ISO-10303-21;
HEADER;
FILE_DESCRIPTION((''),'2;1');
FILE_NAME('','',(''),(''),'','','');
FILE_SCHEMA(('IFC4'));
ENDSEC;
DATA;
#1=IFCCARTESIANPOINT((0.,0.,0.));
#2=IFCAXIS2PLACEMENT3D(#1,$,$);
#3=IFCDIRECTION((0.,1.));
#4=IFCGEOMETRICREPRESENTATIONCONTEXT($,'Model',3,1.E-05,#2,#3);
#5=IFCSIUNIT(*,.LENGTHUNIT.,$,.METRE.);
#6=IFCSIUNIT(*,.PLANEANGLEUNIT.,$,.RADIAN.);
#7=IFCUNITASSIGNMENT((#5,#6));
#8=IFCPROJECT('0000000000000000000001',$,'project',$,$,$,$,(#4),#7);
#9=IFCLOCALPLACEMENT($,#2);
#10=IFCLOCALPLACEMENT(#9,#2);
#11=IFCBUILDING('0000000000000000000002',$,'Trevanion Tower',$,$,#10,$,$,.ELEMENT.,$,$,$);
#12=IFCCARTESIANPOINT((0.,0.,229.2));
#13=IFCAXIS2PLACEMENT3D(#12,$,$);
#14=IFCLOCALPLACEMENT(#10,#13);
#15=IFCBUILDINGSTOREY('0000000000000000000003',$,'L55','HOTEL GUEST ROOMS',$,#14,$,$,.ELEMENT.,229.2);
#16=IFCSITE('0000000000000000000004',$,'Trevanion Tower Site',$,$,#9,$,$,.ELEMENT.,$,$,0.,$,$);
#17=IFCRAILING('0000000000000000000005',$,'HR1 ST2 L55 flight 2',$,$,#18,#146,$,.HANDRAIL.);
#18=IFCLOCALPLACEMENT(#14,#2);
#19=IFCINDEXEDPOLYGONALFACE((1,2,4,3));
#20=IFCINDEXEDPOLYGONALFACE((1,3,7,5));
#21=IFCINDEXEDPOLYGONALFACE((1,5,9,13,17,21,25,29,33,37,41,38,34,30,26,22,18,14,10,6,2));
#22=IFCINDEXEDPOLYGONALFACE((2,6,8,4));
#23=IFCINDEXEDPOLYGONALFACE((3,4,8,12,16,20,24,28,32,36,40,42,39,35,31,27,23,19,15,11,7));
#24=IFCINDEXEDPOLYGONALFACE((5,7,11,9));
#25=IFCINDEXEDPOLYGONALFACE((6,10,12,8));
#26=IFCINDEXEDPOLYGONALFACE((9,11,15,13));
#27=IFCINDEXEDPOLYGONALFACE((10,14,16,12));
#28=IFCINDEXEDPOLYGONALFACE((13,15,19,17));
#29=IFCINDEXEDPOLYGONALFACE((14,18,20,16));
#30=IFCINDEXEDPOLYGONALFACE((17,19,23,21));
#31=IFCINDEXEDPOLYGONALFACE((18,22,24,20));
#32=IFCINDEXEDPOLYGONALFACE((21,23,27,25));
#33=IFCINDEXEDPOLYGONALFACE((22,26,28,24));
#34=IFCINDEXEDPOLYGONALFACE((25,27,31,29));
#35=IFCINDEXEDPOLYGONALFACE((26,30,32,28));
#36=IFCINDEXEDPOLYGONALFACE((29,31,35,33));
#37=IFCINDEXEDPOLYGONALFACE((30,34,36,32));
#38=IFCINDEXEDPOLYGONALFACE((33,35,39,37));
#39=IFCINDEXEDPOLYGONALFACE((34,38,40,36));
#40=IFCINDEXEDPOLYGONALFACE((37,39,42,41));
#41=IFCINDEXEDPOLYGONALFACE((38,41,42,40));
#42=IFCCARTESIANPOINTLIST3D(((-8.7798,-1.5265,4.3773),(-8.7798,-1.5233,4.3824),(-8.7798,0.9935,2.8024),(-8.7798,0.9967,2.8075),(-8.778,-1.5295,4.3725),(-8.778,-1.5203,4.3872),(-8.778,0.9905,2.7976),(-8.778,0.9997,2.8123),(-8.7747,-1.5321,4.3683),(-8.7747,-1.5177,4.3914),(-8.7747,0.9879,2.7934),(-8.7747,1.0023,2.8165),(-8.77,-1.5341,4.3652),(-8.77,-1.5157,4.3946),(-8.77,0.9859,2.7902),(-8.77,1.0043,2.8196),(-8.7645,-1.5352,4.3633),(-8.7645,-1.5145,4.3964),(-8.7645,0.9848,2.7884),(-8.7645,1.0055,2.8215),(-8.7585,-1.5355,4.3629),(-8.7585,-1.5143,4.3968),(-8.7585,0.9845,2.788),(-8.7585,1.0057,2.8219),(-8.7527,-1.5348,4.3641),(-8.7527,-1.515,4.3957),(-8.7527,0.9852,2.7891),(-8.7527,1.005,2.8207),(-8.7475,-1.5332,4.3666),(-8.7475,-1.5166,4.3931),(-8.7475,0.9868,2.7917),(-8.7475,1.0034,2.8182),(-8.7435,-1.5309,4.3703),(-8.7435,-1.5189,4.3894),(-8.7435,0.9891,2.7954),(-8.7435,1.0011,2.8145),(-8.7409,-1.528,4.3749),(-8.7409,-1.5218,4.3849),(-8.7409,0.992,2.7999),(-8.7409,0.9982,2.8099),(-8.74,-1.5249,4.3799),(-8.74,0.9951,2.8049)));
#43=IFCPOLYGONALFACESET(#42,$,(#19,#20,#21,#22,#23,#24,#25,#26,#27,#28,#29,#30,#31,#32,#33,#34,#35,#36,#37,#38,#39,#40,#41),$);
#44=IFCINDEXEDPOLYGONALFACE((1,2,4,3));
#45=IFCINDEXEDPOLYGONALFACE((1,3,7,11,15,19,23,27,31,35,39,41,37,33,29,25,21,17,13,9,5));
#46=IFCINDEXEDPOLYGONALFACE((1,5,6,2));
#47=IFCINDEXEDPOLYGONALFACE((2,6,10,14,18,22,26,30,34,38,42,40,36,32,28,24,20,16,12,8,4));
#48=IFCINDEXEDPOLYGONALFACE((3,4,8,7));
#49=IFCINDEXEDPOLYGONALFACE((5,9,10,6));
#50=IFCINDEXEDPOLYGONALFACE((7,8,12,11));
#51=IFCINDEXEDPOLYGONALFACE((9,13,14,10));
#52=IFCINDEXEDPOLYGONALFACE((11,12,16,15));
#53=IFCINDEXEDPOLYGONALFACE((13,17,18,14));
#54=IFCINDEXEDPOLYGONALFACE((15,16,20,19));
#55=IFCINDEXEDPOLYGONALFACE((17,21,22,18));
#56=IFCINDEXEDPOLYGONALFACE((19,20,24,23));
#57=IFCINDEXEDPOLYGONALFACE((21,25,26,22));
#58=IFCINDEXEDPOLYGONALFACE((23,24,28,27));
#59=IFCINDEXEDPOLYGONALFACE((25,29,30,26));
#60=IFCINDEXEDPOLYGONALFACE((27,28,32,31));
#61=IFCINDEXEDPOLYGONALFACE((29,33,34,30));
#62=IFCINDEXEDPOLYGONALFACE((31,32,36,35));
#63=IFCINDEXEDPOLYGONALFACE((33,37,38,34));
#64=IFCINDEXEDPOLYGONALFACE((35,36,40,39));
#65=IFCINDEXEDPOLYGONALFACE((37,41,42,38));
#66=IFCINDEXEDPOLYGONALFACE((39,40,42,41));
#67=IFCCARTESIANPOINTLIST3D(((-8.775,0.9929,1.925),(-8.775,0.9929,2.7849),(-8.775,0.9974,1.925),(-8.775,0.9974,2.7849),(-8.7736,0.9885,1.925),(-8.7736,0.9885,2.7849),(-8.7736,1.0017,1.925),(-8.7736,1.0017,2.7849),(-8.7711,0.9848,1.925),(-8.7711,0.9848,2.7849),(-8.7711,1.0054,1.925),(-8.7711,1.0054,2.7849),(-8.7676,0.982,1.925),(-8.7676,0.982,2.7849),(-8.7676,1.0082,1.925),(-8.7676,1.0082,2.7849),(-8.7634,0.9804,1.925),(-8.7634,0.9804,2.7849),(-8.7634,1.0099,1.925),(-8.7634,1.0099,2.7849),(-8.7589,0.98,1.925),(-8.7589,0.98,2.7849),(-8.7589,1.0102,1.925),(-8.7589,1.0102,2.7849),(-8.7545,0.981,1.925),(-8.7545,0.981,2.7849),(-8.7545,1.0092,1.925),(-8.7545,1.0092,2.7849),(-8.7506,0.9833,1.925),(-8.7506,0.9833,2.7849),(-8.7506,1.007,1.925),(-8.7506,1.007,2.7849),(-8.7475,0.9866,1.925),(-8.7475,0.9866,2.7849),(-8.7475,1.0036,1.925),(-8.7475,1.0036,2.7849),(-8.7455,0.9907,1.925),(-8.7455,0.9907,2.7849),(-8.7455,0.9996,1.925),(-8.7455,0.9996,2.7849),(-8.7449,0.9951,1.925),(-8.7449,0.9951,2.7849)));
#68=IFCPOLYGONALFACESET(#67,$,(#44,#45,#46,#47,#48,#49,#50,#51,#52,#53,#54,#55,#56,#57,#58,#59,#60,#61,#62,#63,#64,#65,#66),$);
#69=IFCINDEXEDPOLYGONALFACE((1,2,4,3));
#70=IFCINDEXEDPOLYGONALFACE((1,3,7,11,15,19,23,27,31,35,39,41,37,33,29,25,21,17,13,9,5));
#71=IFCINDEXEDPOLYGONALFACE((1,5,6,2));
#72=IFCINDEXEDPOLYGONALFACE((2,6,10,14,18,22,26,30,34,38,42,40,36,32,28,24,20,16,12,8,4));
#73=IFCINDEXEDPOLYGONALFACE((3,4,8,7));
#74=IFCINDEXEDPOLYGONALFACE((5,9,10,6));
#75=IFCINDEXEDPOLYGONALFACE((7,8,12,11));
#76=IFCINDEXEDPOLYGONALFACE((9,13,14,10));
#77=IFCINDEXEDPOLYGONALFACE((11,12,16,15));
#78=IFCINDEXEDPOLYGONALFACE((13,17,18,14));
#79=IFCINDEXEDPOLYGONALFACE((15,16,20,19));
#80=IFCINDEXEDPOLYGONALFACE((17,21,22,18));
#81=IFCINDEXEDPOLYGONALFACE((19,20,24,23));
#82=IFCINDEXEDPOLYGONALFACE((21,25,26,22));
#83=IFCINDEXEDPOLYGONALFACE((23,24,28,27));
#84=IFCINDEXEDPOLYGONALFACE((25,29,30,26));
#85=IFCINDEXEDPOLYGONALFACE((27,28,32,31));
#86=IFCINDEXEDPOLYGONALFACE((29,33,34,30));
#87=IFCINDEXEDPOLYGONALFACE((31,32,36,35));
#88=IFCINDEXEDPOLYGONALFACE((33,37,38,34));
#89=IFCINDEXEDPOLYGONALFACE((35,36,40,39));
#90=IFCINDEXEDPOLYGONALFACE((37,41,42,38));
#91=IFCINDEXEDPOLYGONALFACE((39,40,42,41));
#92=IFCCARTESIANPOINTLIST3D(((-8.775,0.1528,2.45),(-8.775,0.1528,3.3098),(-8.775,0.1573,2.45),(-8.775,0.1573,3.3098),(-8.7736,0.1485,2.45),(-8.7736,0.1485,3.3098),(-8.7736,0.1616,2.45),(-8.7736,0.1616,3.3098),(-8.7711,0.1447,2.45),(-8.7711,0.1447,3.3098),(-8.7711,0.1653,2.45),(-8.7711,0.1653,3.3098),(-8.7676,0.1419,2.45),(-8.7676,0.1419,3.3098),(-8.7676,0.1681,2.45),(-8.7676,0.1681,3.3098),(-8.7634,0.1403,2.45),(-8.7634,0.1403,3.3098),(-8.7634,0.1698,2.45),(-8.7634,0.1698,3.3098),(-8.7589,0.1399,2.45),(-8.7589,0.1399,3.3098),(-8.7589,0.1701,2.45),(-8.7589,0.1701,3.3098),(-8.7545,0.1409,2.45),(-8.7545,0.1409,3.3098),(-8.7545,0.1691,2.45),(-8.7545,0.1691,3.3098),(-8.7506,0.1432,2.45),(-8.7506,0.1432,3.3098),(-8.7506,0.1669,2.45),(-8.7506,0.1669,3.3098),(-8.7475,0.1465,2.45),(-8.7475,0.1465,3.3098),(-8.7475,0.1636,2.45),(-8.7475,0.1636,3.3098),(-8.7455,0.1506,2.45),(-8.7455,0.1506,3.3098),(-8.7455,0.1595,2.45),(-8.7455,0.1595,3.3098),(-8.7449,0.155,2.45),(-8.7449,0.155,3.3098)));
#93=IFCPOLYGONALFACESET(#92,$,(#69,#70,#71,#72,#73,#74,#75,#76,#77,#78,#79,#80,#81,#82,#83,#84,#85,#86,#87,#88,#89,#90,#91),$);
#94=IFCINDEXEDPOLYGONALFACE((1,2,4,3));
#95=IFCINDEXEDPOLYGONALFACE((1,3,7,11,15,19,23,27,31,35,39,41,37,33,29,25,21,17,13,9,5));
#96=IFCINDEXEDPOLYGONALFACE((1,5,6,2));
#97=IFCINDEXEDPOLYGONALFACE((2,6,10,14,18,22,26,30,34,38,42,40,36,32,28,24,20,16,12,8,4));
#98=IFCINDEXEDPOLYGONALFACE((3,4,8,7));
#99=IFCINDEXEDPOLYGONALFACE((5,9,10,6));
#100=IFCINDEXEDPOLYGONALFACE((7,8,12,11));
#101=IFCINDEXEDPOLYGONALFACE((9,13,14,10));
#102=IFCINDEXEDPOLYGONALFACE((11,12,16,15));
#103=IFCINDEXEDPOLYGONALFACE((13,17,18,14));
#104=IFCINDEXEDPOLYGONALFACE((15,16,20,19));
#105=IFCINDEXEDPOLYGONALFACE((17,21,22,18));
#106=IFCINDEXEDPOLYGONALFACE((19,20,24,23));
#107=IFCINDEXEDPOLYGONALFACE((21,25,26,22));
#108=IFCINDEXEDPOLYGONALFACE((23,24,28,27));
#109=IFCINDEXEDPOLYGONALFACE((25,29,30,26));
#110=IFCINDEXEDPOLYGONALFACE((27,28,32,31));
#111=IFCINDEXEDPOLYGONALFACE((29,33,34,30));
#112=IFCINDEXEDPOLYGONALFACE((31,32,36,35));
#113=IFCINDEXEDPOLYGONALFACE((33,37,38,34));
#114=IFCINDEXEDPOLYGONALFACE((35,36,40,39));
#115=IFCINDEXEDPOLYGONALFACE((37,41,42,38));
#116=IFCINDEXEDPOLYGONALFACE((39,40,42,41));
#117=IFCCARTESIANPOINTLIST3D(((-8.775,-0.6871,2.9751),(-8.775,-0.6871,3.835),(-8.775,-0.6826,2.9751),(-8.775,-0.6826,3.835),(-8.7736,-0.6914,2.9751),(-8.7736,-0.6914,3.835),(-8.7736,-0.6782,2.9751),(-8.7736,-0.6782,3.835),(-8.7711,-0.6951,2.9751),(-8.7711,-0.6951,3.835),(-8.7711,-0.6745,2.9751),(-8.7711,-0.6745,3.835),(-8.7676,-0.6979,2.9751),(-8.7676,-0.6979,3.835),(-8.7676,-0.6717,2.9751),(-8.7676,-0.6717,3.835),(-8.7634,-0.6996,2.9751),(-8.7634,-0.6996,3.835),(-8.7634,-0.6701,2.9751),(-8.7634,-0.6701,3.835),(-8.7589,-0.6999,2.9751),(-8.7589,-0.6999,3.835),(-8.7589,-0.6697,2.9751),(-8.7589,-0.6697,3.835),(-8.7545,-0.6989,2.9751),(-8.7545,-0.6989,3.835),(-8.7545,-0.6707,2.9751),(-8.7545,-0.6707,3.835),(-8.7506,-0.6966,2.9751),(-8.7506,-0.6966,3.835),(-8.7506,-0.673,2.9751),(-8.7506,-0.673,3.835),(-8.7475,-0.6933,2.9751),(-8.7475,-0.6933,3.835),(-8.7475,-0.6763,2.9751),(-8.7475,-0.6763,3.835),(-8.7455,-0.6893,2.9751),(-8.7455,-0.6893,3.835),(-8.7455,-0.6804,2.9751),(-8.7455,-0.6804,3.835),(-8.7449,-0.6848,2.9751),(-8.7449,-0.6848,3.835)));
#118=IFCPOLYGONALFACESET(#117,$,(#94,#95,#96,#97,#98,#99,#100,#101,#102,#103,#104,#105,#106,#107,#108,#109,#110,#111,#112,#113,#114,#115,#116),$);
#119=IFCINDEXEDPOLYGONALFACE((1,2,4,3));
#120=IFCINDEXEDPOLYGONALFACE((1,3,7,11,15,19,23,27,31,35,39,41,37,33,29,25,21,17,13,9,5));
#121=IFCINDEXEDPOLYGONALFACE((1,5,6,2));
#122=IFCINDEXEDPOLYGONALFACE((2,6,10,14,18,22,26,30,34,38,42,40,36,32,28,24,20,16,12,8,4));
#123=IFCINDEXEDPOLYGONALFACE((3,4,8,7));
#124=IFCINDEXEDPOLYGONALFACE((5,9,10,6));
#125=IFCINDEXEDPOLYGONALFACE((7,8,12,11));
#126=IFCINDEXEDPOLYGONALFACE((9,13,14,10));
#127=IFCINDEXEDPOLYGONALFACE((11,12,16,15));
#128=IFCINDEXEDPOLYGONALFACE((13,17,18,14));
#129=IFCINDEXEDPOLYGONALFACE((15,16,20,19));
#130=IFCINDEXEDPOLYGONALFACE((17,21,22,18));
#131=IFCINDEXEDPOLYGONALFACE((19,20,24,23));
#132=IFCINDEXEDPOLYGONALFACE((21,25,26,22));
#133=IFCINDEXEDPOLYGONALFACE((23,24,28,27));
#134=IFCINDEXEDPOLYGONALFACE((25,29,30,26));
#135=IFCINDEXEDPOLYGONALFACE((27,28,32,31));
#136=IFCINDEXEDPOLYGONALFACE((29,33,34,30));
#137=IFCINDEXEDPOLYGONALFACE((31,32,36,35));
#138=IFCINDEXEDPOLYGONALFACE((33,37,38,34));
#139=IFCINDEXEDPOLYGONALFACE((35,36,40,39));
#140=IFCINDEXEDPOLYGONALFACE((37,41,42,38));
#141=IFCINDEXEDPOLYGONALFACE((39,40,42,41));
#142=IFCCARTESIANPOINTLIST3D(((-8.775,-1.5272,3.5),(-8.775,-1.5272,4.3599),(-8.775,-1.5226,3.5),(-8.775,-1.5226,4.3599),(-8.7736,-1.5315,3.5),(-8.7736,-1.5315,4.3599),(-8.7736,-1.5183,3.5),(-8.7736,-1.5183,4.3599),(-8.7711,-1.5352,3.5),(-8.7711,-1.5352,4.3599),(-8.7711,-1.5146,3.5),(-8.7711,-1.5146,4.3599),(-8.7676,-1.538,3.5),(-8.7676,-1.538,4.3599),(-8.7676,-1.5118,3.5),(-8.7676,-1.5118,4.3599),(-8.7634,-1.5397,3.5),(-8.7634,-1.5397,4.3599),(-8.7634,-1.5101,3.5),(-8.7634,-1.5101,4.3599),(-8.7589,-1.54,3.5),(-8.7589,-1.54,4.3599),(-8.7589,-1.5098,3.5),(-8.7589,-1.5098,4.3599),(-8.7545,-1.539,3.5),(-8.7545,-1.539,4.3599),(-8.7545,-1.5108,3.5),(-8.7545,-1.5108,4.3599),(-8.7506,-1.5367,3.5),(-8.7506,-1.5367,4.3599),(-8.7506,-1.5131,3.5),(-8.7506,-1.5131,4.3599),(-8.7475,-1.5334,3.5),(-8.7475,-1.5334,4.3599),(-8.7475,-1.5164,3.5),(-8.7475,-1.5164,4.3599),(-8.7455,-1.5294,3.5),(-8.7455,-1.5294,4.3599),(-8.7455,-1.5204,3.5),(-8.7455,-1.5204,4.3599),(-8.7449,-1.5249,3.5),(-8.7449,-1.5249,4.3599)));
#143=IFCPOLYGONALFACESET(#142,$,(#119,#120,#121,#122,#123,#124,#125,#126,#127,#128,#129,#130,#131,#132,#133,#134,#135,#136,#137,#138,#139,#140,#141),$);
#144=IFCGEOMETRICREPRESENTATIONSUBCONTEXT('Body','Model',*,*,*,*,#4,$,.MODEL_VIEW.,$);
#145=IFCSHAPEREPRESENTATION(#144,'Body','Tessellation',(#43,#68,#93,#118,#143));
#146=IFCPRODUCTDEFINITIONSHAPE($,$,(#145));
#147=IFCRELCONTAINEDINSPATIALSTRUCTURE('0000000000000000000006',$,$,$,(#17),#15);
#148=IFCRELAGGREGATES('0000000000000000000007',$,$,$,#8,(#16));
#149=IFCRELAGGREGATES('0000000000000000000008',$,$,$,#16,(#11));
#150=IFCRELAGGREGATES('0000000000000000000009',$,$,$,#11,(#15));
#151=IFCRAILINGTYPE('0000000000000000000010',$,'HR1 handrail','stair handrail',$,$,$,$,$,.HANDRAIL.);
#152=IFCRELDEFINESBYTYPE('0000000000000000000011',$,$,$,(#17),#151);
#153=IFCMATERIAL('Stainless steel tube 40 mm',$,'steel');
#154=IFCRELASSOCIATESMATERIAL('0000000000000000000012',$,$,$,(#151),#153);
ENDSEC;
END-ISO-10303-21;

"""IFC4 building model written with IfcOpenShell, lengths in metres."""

from ifc_helpers import new_model, si_unit, direction, frame, origin, origin_2d, place, context, subcontext, project, spatial, circle, extrude, material, type_object, element, save


model = new_model("IFC4")

# Units and contexts
model_context = context("Model", 3, precision=1e-05, world=origin(), true_north=direction((0.0, 1.0)))
body_context = subcontext(model_context, "Body", "Model", "MODEL_VIEW")
ifc_project = project(units=[si_unit("LENGTHUNIT", "METRE"), si_unit("PLANEANGLEUNIT", "RADIAN")], contexts=[model_context])

# Site, building, storey
site_placement = place(None, origin())
site = spatial("IfcSite", under=ifc_project, at=site_placement, Name="Trevanion Tower Site", CompositionType="ELEMENT", RefElevation=0.0)
building_placement = place(site_placement, origin())
building = spatial("IfcBuilding", under=site, at=building_placement, Name="Trevanion Tower", CompositionType="ELEMENT")
storey_placement = place(building_placement, frame((0.0, 0.0, 229.2)))
storey = spatial("IfcBuildingStorey", under=building, at=storey_placement, Name="L55", Description="HOTEL GUEST ROOMS", CompositionType="ELEMENT", Elevation=229.2)

# Railing
ifc_material_1 = material(Name="Stainless steel tube 40 mm", Category="steel")
railing_type = type_object("IfcRailingType", Name="HR1 handrail", Description="stair handrail", PredefinedType="HANDRAIL", material=ifc_material_1)
for number, where, name in (
    (1, (-8.76, 0.9951, 1.925), "HR1 ST2 L55 flight 2"),
):
    element("IfcRailing", number, at=place(storey_placement, frame(where)), inside=storey, type_object=railing_type, Name=name, PredefinedType="HANDRAIL", context=body_context, shape_type="SweptSolid", body=[
        extrude(circle(Radius=0.02, at=origin_2d()), frame((0.0, 0.0, 0.8799), z_axis=(0.0, -0.848008, 0.529984), x_axis=(1.0, 0.0, 0.0)), (0.0, 0.0, 1.0), 2.9717),
        extrude(circle(Radius=0.0151, at=origin_2d()), origin(), (0.0, 0.0, 1.0), 0.8599),
        extrude(circle(Radius=0.0151, at=origin_2d()), frame((0.0, -0.8401, 0.5249)), (0.0, 0.0, 1.0), 0.8599),
        extrude(circle(Radius=0.0151, at=origin_2d()), frame((0.0, -1.6799, 1.05)), (0.0, 0.0, 1.0), 0.8599),
        extrude(circle(Radius=0.0151, at=origin_2d()), frame((0.0, -2.52, 1.575)), (0.0, 0.0, 1.0), 0.8599),
    ])

save(model, "model.ifc")
